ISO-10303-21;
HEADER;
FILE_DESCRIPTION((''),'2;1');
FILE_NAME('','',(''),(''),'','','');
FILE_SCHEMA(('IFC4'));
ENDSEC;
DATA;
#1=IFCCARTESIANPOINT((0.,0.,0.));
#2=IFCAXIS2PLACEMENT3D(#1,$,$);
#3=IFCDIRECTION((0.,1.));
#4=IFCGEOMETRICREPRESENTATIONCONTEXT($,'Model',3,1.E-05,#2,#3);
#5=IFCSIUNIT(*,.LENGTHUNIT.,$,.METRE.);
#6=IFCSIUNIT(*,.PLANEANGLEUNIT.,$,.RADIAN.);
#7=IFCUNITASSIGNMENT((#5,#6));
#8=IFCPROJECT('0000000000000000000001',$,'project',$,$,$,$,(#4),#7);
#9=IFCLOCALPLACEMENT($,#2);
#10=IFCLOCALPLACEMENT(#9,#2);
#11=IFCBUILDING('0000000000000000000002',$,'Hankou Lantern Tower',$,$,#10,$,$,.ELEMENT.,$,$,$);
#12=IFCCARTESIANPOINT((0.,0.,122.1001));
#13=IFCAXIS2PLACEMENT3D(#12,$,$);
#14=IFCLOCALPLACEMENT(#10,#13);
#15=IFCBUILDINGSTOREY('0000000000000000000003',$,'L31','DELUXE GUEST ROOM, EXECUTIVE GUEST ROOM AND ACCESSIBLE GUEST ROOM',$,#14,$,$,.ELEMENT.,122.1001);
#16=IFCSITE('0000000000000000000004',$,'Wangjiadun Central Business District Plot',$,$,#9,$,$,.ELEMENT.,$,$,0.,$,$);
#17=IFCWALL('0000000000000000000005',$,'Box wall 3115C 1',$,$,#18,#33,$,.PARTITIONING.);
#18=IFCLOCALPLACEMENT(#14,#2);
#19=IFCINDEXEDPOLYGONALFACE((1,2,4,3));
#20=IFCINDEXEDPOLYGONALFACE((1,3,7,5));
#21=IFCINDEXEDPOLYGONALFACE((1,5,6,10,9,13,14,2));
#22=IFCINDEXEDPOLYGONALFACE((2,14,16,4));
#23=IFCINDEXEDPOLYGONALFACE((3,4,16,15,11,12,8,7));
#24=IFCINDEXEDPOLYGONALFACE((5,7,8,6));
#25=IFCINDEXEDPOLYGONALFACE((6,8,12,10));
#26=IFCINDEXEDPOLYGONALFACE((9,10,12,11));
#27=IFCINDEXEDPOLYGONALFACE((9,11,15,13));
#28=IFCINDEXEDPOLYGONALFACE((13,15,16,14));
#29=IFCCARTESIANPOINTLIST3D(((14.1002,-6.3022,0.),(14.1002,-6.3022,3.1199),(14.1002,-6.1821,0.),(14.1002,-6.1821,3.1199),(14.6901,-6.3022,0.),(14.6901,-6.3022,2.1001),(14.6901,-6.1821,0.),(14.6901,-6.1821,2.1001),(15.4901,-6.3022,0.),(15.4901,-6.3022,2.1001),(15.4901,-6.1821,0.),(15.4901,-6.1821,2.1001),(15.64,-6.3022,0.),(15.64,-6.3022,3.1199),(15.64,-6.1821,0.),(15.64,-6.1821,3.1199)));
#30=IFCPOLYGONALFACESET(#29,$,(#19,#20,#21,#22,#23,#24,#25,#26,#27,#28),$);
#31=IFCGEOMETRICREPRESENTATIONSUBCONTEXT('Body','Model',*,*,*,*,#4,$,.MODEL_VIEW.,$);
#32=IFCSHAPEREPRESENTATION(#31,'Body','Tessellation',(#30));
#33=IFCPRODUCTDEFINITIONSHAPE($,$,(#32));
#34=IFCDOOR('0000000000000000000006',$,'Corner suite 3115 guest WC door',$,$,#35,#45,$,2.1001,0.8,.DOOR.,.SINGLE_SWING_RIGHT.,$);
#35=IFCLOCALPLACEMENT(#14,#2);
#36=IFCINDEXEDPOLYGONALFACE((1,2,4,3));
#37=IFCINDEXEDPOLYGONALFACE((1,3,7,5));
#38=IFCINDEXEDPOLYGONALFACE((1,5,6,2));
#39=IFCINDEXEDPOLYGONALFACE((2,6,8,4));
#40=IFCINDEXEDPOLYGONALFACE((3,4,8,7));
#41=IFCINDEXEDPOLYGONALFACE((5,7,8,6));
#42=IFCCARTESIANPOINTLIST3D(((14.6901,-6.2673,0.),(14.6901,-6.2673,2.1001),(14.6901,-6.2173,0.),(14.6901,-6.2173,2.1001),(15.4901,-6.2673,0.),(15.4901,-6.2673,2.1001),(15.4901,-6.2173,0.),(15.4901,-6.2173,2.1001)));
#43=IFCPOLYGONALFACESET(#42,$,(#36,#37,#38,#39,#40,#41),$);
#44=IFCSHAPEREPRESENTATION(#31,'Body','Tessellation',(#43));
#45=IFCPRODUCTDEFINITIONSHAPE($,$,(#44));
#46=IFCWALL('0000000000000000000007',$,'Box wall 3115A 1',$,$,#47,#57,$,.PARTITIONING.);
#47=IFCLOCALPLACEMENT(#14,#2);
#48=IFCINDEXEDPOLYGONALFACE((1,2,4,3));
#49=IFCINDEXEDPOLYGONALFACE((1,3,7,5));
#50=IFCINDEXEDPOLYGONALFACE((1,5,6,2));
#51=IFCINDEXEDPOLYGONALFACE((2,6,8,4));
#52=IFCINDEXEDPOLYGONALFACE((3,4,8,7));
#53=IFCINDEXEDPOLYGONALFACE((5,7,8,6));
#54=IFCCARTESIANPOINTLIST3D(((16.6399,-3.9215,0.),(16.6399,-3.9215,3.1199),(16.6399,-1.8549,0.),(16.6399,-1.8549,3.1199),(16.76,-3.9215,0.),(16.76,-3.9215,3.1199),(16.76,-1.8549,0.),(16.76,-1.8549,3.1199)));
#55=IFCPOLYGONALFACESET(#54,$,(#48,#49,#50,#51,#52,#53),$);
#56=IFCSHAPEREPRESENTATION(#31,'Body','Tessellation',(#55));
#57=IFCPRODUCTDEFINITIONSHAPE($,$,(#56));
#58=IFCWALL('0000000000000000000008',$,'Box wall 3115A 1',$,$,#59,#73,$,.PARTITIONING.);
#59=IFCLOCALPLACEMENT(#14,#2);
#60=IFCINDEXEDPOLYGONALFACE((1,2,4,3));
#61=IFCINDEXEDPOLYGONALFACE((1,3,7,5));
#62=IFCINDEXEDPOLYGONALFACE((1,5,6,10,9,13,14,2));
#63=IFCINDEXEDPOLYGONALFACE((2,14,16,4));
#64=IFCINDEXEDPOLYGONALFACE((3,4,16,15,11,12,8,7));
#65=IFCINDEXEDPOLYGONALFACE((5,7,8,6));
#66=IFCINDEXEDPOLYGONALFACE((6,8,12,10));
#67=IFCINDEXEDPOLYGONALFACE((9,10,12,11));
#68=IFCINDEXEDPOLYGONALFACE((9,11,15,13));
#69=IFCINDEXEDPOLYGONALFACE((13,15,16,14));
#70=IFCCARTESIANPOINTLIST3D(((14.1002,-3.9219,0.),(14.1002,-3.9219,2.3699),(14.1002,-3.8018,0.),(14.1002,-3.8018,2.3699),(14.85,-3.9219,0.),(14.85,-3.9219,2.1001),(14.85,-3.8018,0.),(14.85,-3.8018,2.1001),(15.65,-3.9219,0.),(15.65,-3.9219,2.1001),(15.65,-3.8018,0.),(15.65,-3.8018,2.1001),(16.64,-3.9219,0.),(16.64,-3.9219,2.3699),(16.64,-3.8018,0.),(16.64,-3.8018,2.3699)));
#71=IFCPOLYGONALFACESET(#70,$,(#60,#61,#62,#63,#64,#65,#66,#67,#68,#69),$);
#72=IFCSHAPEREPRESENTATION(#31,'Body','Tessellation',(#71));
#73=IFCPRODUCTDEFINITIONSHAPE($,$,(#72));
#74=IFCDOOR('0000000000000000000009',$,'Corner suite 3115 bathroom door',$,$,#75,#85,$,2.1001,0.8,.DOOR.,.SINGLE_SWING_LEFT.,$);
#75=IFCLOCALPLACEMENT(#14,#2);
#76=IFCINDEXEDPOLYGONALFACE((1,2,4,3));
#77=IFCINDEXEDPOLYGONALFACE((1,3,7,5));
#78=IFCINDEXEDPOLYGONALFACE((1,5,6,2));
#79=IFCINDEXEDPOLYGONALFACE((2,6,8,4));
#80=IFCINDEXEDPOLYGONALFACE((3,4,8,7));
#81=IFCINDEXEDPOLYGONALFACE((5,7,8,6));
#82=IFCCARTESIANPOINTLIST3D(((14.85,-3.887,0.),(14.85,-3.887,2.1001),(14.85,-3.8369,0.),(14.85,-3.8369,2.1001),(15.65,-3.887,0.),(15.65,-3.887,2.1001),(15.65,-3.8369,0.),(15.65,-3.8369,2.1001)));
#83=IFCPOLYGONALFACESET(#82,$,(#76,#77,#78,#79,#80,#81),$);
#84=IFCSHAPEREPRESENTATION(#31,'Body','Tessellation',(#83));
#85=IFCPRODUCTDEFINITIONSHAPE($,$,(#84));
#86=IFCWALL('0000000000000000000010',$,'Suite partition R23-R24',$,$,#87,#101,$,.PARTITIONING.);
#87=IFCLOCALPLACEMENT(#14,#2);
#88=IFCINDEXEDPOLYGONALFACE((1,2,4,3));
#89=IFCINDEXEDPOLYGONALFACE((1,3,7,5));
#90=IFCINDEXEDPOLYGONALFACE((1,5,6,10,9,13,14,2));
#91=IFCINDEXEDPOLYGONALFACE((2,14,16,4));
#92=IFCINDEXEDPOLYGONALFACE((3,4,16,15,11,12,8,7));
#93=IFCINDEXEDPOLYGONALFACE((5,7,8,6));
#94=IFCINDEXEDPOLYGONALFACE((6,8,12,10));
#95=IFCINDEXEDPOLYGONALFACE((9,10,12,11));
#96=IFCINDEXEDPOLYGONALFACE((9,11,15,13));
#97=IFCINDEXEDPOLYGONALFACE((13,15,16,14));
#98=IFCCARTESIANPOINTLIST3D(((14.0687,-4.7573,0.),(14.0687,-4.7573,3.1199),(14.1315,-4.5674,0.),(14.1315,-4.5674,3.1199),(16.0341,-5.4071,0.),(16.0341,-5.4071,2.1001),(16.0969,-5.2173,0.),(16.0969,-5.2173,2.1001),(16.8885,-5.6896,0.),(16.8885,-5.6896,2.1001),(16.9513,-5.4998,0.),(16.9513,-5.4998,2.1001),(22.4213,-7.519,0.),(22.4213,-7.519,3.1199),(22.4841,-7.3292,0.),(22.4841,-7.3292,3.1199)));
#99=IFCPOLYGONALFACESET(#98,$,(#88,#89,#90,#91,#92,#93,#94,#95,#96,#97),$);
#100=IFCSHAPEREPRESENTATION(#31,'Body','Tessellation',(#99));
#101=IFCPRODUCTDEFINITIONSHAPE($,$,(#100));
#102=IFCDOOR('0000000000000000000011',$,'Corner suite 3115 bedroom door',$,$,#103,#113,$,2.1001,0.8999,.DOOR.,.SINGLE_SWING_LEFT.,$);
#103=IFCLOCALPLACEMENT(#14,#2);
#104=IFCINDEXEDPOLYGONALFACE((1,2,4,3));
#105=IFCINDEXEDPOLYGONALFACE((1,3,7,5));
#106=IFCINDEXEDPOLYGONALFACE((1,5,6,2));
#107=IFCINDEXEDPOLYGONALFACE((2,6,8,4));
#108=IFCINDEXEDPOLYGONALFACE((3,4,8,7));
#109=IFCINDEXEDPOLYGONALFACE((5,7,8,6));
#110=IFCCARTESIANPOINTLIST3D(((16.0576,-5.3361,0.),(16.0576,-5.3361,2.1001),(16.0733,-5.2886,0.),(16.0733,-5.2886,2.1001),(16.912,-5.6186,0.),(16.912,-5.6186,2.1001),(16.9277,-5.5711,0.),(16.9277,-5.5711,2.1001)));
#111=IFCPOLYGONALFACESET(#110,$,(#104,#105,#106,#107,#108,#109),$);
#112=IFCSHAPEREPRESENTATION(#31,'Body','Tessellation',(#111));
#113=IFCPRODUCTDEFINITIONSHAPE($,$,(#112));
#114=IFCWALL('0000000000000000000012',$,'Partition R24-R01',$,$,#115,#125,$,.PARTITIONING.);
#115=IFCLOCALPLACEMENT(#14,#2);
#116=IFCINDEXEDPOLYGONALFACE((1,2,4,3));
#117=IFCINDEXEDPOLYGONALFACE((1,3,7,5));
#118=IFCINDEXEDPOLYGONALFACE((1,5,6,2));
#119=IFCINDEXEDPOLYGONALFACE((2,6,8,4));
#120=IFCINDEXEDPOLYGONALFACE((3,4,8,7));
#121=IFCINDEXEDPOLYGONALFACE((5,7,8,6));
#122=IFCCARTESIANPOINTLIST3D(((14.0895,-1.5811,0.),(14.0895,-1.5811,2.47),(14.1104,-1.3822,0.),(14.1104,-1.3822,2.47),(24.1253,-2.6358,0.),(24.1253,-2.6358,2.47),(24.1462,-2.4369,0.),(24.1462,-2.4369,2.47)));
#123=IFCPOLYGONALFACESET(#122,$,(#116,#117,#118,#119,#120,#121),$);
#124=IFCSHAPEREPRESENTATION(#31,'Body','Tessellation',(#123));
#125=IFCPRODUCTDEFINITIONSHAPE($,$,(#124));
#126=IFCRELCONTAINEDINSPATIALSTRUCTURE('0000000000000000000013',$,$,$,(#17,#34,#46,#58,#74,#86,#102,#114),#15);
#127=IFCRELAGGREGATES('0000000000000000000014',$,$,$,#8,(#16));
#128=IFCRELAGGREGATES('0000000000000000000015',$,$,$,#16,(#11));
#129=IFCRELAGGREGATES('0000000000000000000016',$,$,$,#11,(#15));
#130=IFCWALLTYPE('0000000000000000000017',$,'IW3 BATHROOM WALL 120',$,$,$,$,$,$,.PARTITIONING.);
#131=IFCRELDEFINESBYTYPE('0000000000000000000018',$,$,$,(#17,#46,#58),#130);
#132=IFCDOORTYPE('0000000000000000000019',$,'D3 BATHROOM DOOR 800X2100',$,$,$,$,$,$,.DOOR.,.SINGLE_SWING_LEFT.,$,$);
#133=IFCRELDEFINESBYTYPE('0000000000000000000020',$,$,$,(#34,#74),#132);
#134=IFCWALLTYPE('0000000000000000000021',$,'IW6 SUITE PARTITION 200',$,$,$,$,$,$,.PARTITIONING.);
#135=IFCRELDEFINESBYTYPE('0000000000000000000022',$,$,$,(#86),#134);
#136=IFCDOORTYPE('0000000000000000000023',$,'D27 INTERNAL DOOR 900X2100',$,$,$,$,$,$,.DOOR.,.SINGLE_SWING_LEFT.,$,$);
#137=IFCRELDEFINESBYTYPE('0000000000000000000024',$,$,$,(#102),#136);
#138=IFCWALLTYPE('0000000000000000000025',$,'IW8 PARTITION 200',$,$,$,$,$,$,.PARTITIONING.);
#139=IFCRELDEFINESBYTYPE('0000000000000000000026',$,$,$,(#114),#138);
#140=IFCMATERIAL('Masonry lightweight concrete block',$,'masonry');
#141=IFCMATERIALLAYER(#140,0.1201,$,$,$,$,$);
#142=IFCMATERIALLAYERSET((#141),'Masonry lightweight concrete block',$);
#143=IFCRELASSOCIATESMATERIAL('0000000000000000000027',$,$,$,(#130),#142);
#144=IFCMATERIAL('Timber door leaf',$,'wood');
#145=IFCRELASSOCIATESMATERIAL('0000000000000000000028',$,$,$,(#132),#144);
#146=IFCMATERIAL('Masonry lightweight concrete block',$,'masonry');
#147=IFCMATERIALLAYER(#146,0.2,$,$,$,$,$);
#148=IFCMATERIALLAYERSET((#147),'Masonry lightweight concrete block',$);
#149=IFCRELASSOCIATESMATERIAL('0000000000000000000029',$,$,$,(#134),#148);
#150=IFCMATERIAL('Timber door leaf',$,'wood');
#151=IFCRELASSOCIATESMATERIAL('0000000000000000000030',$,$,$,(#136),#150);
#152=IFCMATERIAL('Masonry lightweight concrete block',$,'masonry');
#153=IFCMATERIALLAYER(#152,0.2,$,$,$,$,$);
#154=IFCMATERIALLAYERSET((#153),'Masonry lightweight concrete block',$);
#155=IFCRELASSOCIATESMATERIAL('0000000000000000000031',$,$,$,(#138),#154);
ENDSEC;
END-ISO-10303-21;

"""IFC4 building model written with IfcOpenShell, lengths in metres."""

from ifc_helpers import new_model, si_unit, direction, frame, frame_2d, origin, place, context, subcontext, project, spatial, rectangle, extrude, material, layer, layer_set, type_object, element, fill, save


model = new_model("IFC4")

# Units and contexts
model_context = context("Model", 3, precision=1e-05, world=origin(), true_north=direction((0.0, 1.0)))
body_context = subcontext(model_context, "Body", "Model", "MODEL_VIEW")
ifc_project = project(units=[si_unit("LENGTHUNIT", "METRE"), si_unit("PLANEANGLEUNIT", "RADIAN")], contexts=[model_context])

# Site, building, storey
site_placement = place(None, origin())
site = spatial("IfcSite", under=ifc_project, at=site_placement, Name="Wangjiadun Central Business District Plot", CompositionType="ELEMENT", RefElevation=0.0)
building_placement = place(site_placement, origin())
building = spatial("IfcBuilding", under=site, at=building_placement, Name="Hankou Lantern Tower", CompositionType="ELEMENT")
storey_placement = place(building_placement, frame((0.0, 0.0, 122.1001)))
storey = spatial("IfcBuildingStorey", under=building, at=storey_placement, Name="L31", Description="DELUXE GUEST ROOM, EXECUTIVE GUEST ROOM AND ACCESSIBLE GUEST ROOM", CompositionType="ELEMENT", Elevation=122.1001)

# Shared definitions
ifc_material_1 = material(Name="Masonry lightweight concrete block", Category="masonry")
ifc_layer_1 = layer(ifc_material_1, 0.1201)
ifc_layer_set_1 = layer_set([ifc_layer_1], Name="Masonry lightweight concrete block")
wall_type_1 = type_object("IfcWallType", Name="IW3 BATHROOM WALL 120", PredefinedType="PARTITIONING", material=ifc_layer_set_1)

# Wall, opening, door
wall_1_placement = place(storey_placement, frame((14.1001, -6.2422, 0.0), z_axis=(0.0, 0.0, 1.0), x_axis=(1.0, 0.0, 0.0)))
wall_1 = element("IfcWall", 1, at=wall_1_placement, inside=storey, type_object=wall_type_1, Name="Box wall 3115C 1", PredefinedType="PARTITIONING", context=body_context, shape_type="SweptSolid", body=[
    extrude(rectangle(XDim=1.5398, YDim=0.1201, at=frame_2d((0.77, 0.0))), origin(), (0.0, 0.0, 1.0), 3.1199),
])
opening_1_placement = place(wall_1_placement, frame((0.5901, 0.0, 0.0)))
opening_1 = element("IfcOpeningElement", 2, at=opening_1_placement, cuts=wall_1, PredefinedType="OPENING", context=body_context, shape_type="SweptSolid", body=[
    extrude(rectangle(XDim=0.8, YDim=2.1001, at=frame_2d((0.3999, 1.05))), frame((0.0, 0.0701, 0.0), z_axis=(0.0, -1.0, 0.0), x_axis=(1.0, 0.0, 0.0)), (0.0, 0.0, 1.0), 0.1401),
])
ifc_material_2 = material(Name="Timber door leaf", Category="wood")
door_type_1 = type_object("IfcDoorType", Name="D3 BATHROOM DOOR 800X2100", OperationType="SINGLE_SWING_LEFT", PredefinedType="DOOR", material=ifc_material_2)
door_1_placement = place(opening_1_placement, origin())
door_1 = element("IfcDoor", 3, at=door_1_placement, inside=storey, type_object=door_type_1, Name="Corner suite 3115 guest WC door", OperationType="SINGLE_SWING_RIGHT", OverallHeight=2.1001, OverallWidth=0.8, PredefinedType="DOOR", context=body_context, shape_type="SweptSolid", body=[
    extrude(rectangle(XDim=0.8, YDim=2.1001, at=frame_2d((0.3999, 1.05))), frame((0.0, 0.0249, 0.0), z_axis=(0.0, -1.0, 0.0), x_axis=(1.0, 0.0, 0.0)), (0.0, 0.0, 1.0), 0.05),
])
fill(opening_1, door_1)

# Wall
wall_2_placement = place(storey_placement, frame((16.7, -1.855, 0.0), z_axis=(0.0, 0.0, 1.0), x_axis=(0.0, -1.0, 0.0)))
element("IfcWall", 4, at=wall_2_placement, inside=storey, type_object=wall_type_1, Name="Box wall 3115A 1", PredefinedType="PARTITIONING", context=body_context, shape_type="SweptSolid", body=[
    extrude(rectangle(XDim=2.0667, YDim=0.1201, at=frame_2d((1.0332, 0.0))), origin(), (0.0, 0.0, 1.0), 3.1199),
])

# Walls, openings, doors
wall_3_placement = place(storey_placement, frame((14.1001, -3.8618, 0.0), z_axis=(0.0, 0.0, 1.0), x_axis=(1.0, 0.0, 0.0)))
wall_3 = element("IfcWall", 5, at=wall_3_placement, inside=storey, type_object=wall_type_1, Name="Box wall 3115A 1", PredefinedType="PARTITIONING", context=body_context, shape_type="SweptSolid", body=[
    extrude(rectangle(XDim=2.5398, YDim=0.1201, at=frame_2d((1.27, 0.0))), origin(), (0.0, 0.0, 1.0), 2.3699),
])
opening_2_placement = place(wall_3_placement, frame((0.75, 0.0, 0.0)))
opening_2 = element("IfcOpeningElement", 6, at=opening_2_placement, cuts=wall_3, PredefinedType="OPENING", context=body_context, shape_type="SweptSolid", body=[
    extrude(rectangle(XDim=0.8, YDim=2.1001, at=frame_2d((0.3999, 1.05))), frame((0.0, 0.0701, 0.0), z_axis=(0.0, -1.0, 0.0), x_axis=(1.0, 0.0, 0.0)), (0.0, 0.0, 1.0), 0.1401),
])
door_2_placement = place(opening_2_placement, origin())
door_2 = element("IfcDoor", 7, at=door_2_placement, inside=storey, type_object=door_type_1, Name="Corner suite 3115 bathroom door", OperationType="SINGLE_SWING_LEFT", OverallHeight=2.1001, OverallWidth=0.8, PredefinedType="DOOR", context=body_context, shape_type="SweptSolid", body=[
    extrude(rectangle(XDim=0.8, YDim=2.1001, at=frame_2d((0.3999, 1.05))), frame((0.0, 0.0249, 0.0), z_axis=(0.0, -1.0, 0.0), x_axis=(1.0, 0.0, 0.0)), (0.0, 0.0, 1.0), 0.05),
])
fill(opening_2, door_2)
ifc_material_3 = material(Name="Masonry lightweight concrete block", Category="masonry")
ifc_layer_2 = layer(ifc_material_3, 0.2)
ifc_layer_set_2 = layer_set([ifc_layer_2], Name="Masonry lightweight concrete block")
wall_type_2 = type_object("IfcWallType", Name="IW6 SUITE PARTITION 200", PredefinedType="PARTITIONING", material=ifc_layer_set_2)
wall_4_placement = place(storey_placement, frame((14.1001, -4.6624, 0.0), z_axis=(0.0, 0.0, 1.0), x_axis=(0.949446, -0.313929, 0.0)))
wall_4 = element("IfcWall", 8, at=wall_4_placement, inside=storey, type_object=wall_type_2, Name="Suite partition R23-R24", PredefinedType="PARTITIONING", context=body_context, shape_type="SweptSolid", body=[
    extrude(rectangle(XDim=8.7974, YDim=0.2, at=frame_2d((4.3987, 0.0))), origin(), (0.0, 0.0, 1.0), 3.1199),
])
opening_3_placement = place(wall_4_placement, frame((2.0701, 0.0, 0.0)))
opening_3 = element("IfcOpeningElement", 9, at=opening_3_placement, cuts=wall_4, PredefinedType="OPENING", context=body_context, shape_type="SweptSolid", body=[
    extrude(rectangle(XDim=0.8999, YDim=2.1001, at=frame_2d((0.45, 1.05))), frame((0.0, 0.1099, 0.0), z_axis=(0.0, -1.0, 0.0), x_axis=(1.0, 0.0, 0.0)), (0.0, 0.0, 1.0), 0.22),
])
ifc_material_4 = material(Name="Timber door leaf", Category="wood")
door_type_2 = type_object("IfcDoorType", Name="D27 INTERNAL DOOR 900X2100", OperationType="SINGLE_SWING_LEFT", PredefinedType="DOOR", material=ifc_material_4)
door_3_placement = place(opening_3_placement, origin())
door_3 = element("IfcDoor", 10, at=door_3_placement, inside=storey, type_object=door_type_2, Name="Corner suite 3115 bedroom door", OperationType="SINGLE_SWING_LEFT", OverallHeight=2.1001, OverallWidth=0.8999, PredefinedType="DOOR", context=body_context, shape_type="SweptSolid", body=[
    extrude(rectangle(XDim=0.8999, YDim=2.1001, at=frame_2d((0.45, 1.05))), frame((0.0, 0.0249, 0.0), z_axis=(0.0, -1.0, 0.0), x_axis=(1.0, 0.0, 0.0)), (0.0, 0.0, 1.0), 0.05),
])
fill(opening_3, door_3)

# Wall
ifc_material_5 = material(Name="Masonry lightweight concrete block", Category="masonry")
ifc_layer_3 = layer(ifc_material_5, 0.2)
ifc_layer_set_3 = layer_set([ifc_layer_3], Name="Masonry lightweight concrete block")
wall_type_3 = type_object("IfcWallType", Name="IW8 PARTITION 200", PredefinedType="PARTITIONING", material=ifc_layer_set_3)
wall_5_placement = place(storey_placement, frame((14.1001, -1.4817, 0.0), z_axis=(0.0, 0.0, 1.0), x_axis=(0.994523, -0.104516, 0.0)))
element("IfcWall", 11, at=wall_5_placement, inside=storey, type_object=wall_type_3, Name="Partition R24-R01", PredefinedType="PARTITIONING", context=body_context, shape_type="SweptSolid", body=[
    extrude(rectangle(XDim=10.0911, YDim=0.2, at=frame_2d((5.0454, 0.0))), origin(), (0.0, 0.0, 1.0), 2.47),
])

save(model, "model.ifc")
